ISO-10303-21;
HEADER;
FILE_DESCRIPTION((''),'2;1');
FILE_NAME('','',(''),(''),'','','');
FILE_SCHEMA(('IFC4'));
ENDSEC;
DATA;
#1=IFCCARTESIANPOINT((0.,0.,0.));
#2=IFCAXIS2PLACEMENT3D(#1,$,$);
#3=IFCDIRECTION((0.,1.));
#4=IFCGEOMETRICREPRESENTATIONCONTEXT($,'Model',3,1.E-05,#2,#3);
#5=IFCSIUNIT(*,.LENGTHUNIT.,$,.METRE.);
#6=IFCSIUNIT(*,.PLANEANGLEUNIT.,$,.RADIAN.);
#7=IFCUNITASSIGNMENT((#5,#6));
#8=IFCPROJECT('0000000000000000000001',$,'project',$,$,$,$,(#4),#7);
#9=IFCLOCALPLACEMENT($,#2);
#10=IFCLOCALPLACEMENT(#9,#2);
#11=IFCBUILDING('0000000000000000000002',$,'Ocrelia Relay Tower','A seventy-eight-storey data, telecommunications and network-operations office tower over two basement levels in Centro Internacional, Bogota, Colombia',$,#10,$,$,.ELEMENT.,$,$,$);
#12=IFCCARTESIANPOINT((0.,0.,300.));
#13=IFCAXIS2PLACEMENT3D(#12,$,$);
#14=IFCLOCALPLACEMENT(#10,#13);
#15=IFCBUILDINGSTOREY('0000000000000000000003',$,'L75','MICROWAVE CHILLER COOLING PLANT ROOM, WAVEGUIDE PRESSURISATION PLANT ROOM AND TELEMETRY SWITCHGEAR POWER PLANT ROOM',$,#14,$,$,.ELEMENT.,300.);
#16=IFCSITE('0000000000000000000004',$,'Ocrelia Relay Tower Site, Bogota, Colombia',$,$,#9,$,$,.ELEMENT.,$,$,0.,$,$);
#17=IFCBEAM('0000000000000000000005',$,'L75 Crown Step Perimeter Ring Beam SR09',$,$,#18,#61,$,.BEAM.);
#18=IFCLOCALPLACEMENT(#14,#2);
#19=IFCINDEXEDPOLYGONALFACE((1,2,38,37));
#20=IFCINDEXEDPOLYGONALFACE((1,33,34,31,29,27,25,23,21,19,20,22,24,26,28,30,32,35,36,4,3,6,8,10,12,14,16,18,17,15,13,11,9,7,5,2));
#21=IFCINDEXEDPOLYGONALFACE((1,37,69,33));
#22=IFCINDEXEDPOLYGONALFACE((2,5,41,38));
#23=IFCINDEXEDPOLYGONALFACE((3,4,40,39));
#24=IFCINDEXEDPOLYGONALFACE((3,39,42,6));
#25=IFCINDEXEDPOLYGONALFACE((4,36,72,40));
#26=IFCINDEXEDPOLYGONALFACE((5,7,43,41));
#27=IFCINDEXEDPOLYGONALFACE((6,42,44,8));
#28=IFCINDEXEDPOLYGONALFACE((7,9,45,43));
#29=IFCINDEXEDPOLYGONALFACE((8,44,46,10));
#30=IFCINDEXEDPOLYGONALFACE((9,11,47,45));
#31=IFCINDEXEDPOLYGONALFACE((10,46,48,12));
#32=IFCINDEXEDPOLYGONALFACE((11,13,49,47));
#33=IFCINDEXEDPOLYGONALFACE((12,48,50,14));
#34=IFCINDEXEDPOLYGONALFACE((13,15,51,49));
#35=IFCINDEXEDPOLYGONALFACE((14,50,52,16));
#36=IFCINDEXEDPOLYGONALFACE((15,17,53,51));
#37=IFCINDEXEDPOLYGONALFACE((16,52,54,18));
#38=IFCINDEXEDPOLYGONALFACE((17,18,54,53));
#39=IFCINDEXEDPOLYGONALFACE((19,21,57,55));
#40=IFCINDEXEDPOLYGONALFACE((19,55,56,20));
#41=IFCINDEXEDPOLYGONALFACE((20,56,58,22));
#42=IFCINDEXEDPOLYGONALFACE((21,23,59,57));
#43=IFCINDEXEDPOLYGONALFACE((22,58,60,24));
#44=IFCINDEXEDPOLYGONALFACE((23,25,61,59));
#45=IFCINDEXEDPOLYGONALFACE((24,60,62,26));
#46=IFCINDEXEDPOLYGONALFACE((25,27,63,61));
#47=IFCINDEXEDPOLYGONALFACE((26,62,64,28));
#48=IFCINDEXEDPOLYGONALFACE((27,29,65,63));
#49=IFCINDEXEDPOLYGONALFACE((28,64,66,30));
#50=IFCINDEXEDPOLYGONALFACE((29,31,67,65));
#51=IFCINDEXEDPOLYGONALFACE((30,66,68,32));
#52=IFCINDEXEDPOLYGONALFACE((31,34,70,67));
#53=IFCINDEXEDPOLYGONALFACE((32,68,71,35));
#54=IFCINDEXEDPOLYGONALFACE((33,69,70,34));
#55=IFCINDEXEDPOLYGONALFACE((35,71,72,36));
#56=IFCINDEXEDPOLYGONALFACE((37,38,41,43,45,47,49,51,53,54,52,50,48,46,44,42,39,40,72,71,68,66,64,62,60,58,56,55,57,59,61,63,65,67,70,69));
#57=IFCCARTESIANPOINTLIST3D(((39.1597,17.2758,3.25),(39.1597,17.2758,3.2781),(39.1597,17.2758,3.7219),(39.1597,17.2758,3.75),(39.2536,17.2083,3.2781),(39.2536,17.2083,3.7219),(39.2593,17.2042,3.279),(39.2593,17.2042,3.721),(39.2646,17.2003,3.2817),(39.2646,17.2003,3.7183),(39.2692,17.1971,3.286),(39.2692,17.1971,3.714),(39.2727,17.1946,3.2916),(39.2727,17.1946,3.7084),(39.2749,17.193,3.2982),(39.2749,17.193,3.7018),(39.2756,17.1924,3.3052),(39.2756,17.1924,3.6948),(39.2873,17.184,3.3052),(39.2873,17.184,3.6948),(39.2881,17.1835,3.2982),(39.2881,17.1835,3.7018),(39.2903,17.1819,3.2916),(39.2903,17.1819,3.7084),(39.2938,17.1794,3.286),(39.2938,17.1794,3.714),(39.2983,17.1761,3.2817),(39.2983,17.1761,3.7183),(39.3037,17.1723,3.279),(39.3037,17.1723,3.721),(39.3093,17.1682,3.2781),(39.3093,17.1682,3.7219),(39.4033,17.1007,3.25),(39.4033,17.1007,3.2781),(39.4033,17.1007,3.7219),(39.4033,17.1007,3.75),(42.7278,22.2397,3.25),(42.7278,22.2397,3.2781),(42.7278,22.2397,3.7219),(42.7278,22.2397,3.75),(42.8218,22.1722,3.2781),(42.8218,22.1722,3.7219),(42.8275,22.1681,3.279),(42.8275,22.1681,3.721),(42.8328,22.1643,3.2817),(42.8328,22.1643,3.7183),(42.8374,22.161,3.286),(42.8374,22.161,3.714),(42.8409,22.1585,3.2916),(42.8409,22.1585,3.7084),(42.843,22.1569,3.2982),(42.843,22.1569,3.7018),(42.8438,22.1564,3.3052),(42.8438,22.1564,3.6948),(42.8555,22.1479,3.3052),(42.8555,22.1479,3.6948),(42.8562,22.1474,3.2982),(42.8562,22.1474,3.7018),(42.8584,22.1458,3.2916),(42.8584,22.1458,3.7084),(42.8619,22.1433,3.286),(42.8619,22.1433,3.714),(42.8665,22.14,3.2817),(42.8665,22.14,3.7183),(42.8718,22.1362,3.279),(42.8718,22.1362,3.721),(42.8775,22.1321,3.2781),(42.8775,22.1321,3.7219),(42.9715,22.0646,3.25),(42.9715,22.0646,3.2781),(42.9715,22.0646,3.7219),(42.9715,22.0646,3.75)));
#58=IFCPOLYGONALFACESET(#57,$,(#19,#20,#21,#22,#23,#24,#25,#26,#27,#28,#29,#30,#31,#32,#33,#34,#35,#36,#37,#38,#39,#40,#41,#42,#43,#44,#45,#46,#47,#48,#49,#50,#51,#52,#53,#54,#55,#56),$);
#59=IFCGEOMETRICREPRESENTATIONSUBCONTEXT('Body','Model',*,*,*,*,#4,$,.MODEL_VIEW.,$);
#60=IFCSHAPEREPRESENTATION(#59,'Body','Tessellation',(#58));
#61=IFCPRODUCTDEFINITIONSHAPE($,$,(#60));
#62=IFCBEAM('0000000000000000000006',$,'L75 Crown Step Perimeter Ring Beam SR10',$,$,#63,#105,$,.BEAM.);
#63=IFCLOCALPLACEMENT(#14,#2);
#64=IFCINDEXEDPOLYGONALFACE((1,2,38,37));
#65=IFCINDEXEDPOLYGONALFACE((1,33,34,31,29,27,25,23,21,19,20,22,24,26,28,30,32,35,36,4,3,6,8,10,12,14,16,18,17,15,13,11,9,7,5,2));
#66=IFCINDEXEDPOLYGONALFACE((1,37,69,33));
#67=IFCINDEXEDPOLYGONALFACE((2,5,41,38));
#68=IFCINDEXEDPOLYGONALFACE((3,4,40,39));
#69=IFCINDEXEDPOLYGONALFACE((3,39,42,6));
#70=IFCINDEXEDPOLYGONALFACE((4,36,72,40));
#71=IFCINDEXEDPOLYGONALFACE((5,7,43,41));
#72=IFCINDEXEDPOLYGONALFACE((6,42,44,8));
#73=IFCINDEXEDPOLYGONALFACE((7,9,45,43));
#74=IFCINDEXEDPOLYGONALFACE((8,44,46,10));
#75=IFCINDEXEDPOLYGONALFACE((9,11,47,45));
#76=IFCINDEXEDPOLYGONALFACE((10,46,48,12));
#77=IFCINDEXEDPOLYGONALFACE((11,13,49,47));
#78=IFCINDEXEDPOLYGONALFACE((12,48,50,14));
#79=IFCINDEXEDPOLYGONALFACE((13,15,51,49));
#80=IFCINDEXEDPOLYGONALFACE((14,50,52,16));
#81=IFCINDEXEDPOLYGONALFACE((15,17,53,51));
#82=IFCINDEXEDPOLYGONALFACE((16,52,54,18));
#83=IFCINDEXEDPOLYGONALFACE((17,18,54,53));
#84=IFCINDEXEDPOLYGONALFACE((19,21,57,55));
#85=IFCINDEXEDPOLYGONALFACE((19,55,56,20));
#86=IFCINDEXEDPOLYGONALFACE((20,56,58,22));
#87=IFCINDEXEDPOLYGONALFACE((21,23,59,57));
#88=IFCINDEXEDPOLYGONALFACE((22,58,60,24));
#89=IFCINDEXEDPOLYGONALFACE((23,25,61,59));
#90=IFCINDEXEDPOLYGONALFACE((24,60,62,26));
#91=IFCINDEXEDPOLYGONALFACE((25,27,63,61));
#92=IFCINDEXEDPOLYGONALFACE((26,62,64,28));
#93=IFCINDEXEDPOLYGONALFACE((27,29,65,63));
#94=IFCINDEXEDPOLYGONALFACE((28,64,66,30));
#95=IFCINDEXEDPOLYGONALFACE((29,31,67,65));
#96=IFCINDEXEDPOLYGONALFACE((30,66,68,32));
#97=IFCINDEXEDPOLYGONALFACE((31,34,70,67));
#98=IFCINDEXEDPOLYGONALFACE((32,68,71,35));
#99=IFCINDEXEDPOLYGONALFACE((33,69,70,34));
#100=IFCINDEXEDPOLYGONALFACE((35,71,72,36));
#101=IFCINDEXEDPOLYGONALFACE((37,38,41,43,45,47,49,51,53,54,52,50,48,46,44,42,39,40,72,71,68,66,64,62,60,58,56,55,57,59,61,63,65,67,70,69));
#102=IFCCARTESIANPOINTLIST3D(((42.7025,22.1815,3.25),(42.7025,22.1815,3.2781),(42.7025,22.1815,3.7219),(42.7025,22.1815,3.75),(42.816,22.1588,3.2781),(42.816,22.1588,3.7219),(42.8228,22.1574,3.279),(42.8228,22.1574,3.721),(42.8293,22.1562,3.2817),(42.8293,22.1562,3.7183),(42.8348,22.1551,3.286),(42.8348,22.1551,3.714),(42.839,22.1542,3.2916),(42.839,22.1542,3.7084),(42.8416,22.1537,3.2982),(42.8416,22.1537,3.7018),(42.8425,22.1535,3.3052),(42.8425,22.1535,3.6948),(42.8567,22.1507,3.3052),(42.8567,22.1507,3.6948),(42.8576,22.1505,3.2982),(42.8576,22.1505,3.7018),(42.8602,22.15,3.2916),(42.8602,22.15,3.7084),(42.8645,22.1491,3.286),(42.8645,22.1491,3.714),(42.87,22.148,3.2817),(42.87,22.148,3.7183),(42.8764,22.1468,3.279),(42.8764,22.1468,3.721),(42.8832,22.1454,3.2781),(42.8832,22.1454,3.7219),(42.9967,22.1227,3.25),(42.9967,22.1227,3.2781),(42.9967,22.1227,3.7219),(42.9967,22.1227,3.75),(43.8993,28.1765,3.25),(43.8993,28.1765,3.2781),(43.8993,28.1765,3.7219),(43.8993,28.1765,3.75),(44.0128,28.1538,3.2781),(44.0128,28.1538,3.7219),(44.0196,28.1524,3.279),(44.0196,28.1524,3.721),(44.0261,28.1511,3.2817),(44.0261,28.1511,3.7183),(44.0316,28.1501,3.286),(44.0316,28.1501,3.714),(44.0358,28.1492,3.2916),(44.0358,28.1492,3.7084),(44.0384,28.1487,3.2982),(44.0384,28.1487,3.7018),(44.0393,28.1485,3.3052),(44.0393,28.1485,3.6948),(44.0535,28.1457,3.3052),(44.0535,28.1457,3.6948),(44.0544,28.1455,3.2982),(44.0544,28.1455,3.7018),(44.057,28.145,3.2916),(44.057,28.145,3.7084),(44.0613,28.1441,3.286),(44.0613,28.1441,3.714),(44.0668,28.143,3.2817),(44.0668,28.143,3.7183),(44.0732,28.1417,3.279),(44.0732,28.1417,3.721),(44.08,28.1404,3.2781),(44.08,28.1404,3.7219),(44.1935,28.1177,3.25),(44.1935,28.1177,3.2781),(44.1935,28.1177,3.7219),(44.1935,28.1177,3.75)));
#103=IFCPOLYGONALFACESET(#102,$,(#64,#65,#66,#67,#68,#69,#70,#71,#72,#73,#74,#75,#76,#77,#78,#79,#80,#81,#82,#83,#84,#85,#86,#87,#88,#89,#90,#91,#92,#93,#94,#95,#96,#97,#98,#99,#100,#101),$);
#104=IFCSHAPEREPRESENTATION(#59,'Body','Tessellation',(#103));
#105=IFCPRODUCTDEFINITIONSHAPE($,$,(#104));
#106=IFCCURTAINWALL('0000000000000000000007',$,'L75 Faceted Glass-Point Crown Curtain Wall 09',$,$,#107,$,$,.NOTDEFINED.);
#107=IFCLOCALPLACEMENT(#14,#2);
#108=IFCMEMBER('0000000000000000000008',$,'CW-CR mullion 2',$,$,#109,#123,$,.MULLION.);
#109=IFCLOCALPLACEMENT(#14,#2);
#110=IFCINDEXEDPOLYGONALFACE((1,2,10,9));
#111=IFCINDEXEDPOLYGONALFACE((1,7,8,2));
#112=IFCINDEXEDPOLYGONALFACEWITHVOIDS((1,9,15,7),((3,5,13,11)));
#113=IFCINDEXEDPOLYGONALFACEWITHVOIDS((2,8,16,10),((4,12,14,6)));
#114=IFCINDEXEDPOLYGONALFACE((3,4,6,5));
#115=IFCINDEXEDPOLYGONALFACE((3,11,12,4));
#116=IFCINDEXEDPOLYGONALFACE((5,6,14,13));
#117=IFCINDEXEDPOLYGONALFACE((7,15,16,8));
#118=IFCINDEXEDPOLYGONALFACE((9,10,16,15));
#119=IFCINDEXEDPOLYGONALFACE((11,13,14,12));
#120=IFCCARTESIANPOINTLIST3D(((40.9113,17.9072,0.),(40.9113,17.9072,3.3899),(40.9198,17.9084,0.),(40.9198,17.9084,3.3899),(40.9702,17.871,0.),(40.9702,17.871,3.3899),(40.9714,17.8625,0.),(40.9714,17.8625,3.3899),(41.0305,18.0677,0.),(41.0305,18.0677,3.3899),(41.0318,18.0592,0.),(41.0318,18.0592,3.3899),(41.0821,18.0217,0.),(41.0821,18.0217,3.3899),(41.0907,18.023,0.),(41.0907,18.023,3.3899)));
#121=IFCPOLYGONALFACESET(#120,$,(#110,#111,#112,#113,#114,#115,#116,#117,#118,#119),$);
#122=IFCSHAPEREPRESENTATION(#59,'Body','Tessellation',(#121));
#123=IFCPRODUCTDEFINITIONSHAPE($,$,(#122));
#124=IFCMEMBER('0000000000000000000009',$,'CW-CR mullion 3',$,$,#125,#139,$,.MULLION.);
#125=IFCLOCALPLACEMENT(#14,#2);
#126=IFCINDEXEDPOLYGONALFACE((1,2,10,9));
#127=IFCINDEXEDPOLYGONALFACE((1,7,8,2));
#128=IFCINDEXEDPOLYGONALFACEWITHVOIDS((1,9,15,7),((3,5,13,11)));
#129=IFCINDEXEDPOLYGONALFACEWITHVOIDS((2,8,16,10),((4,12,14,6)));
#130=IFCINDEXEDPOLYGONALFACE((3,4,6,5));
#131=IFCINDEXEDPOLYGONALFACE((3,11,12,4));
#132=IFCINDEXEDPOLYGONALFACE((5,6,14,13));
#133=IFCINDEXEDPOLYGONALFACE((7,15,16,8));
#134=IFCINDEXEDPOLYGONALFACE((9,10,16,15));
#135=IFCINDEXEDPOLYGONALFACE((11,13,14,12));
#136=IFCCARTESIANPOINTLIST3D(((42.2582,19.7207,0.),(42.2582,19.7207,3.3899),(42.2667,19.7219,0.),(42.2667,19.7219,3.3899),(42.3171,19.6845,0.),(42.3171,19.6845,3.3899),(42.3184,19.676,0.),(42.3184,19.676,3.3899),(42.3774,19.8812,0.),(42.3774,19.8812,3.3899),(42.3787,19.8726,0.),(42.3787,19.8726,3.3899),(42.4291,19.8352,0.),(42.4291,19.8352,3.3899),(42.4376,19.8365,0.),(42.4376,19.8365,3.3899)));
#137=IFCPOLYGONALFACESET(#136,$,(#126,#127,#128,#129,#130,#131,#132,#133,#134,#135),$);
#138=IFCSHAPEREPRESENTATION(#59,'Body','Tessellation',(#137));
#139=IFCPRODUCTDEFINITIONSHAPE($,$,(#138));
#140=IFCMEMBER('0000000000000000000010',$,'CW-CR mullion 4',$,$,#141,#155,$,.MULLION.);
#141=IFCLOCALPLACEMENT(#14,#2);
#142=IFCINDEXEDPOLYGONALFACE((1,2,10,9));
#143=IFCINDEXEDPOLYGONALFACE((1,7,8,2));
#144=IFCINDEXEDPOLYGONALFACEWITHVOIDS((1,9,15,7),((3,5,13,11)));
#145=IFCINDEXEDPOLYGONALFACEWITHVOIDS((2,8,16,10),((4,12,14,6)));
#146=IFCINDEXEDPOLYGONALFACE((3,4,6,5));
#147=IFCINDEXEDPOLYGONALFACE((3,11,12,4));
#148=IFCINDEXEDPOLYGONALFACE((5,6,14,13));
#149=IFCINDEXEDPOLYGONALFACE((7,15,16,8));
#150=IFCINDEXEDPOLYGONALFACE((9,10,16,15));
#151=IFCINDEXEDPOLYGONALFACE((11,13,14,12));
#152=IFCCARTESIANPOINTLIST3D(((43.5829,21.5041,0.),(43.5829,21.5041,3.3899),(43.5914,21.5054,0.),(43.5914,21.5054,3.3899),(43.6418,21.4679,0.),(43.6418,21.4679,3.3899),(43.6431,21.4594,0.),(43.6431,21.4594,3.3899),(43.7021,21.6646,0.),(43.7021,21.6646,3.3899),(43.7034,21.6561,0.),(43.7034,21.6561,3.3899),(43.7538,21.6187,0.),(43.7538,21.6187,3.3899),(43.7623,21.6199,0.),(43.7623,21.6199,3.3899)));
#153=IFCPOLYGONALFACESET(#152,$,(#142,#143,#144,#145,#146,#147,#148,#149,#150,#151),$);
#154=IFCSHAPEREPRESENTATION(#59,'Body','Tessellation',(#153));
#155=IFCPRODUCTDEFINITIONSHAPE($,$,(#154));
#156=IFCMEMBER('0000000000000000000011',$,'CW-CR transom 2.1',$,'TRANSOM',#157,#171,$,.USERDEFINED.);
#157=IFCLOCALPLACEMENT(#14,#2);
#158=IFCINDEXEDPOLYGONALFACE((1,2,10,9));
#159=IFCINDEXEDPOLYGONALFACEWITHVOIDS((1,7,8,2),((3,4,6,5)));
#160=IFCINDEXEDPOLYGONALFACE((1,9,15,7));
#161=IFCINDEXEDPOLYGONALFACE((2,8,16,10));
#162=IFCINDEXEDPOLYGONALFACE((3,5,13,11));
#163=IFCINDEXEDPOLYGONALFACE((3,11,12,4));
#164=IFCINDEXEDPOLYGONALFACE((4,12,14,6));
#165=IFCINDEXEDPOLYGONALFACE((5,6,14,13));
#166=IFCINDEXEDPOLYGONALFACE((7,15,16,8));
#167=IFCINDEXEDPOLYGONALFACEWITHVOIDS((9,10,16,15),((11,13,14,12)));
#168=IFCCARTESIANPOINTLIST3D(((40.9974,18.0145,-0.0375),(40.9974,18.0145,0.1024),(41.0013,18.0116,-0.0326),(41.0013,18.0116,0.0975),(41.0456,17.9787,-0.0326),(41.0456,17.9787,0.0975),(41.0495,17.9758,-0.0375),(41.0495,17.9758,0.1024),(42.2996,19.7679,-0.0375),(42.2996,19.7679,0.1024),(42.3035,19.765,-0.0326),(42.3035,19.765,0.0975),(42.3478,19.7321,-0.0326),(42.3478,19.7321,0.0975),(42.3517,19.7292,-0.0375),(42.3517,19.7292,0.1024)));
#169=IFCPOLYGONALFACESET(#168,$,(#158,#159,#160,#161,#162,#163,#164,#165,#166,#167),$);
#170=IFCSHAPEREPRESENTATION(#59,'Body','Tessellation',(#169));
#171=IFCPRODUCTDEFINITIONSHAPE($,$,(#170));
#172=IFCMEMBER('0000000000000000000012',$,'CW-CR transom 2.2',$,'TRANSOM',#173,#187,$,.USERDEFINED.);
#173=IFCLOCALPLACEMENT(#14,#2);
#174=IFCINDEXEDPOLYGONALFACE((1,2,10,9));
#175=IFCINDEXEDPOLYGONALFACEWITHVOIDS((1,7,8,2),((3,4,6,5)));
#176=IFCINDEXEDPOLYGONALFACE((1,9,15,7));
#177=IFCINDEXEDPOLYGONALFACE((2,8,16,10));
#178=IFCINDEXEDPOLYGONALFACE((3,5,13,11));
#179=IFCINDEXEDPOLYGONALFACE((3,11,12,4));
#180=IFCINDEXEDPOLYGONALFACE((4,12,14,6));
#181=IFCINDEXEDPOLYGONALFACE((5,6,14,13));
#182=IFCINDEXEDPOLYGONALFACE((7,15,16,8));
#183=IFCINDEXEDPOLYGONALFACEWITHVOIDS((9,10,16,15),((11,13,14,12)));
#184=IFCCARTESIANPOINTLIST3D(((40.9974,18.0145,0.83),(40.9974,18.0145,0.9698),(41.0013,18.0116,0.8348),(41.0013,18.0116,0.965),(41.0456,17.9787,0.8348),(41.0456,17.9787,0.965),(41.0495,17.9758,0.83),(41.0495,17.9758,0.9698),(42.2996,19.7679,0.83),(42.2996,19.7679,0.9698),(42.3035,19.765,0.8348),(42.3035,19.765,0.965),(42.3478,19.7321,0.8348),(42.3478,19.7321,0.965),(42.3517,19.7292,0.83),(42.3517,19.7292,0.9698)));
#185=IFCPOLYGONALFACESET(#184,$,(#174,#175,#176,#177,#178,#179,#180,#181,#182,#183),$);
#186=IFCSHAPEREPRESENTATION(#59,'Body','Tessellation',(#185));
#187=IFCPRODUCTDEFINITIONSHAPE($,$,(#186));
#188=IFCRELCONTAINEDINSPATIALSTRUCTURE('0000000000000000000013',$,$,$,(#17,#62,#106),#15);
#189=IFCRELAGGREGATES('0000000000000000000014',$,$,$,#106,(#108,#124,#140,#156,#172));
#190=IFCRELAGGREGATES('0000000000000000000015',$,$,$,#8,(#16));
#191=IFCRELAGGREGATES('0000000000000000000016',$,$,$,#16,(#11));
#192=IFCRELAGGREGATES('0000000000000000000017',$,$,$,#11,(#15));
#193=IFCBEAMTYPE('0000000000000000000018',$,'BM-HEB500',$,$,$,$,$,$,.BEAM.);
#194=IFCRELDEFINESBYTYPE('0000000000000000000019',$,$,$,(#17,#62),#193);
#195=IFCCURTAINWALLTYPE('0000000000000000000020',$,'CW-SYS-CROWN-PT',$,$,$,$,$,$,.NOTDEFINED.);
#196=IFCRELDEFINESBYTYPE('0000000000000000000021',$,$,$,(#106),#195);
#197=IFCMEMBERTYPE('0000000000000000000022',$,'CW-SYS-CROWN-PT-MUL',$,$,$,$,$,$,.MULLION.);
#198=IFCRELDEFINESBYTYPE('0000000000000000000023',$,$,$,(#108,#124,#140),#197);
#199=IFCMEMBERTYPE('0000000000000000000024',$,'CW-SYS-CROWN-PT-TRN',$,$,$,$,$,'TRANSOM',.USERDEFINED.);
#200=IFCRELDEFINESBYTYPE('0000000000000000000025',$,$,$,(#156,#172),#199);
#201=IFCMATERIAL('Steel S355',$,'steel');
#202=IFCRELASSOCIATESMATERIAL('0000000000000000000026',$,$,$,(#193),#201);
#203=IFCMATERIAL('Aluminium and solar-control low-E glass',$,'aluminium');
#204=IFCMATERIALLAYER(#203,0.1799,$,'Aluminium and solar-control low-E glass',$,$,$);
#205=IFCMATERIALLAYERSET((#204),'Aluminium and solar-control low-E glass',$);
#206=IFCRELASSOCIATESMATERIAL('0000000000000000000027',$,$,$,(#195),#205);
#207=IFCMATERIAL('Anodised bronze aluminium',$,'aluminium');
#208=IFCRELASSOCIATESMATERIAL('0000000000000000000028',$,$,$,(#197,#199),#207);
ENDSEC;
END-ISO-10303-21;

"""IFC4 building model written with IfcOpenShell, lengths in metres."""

from ifc_helpers import new_model, si_unit, direction, frame, origin, origin_2d, place, context, subcontext, project, spatial, hollow_rectangle, i_section, extrude, material, layer, layer_set, material_profile, profile_set, type_object, element, aggregate, save


model = new_model("IFC4")

# Units and contexts
model_context = context("Model", 3, precision=1e-05, world=origin(), true_north=direction((0.0, 1.0)))
body_context = subcontext(model_context, "Body", "Model", "MODEL_VIEW")
ifc_project = project(units=[si_unit("LENGTHUNIT", "METRE"), si_unit("PLANEANGLEUNIT", "RADIAN")], contexts=[model_context])

# Site, building, storey
site_placement = place(None, origin())
site = spatial("IfcSite", under=ifc_project, at=site_placement, Name="Ocrelia Relay Tower Site, Bogota, Colombia", CompositionType="ELEMENT", RefElevation=0.0)
building_placement = place(site_placement, origin())
building = spatial("IfcBuilding", under=site, at=building_placement, Name="Ocrelia Relay Tower", Description="A seventy-eight-storey data, telecommunications and network-operations office tower over two basement levels in Centro Internacional, Bogota, Colombia", CompositionType="ELEMENT")
storey_placement = place(building_placement, frame((0.0, 0.0, 300.0)))
storey = spatial("IfcBuildingStorey", under=building, at=storey_placement, Name="L75", Description="MICROWAVE CHILLER COOLING PLANT ROOM, WAVEGUIDE PRESSURISATION PLANT ROOM AND TELEMETRY SWITCHGEAR POWER PLANT ROOM", CompositionType="ELEMENT", Elevation=300.0)

# Beams
ifc_material_1 = material(Name="Steel S355", Category="steel")
ifc_material_profile_1 = material_profile(ifc_material_1, i_section(OverallWidth=0.3, OverallDepth=0.5, WebThickness=0.0144, FlangeThickness=0.0281, FilletRadius=0.0271, at=origin_2d()), Name="HEB 500")
ifc_profile_set_1 = profile_set([ifc_material_profile_1], Name="Steel S355")
beam_type_1 = type_object("IfcBeamType", Name="BM-HEB500", PredefinedType="BEAM", material=ifc_profile_set_1)
for number, where, z_axis, x_axis, name in (
    (1, (39.2815, 17.1882, 3.5), (0.583672, 0.811989, 0.0), (-0.811989, 0.583672, 0.0), "L75 Crown Step Perimeter Ring Beam SR09"),
    (2, (42.8496, 22.1521, 3.5), (0.195771, 0.98065, 0.0), (-0.98065, 0.195771, 0.0), "L75 Crown Step Perimeter Ring Beam SR10"),
):
    element("IfcBeam", number, at=place(storey_placement, frame(where, z_axis=z_axis, x_axis=x_axis)), inside=storey, type_object=beam_type_1, Name=name, PredefinedType="BEAM", context=body_context, shape_type="SweptSolid", body=[
        extrude(i_section(OverallWidth=0.3, OverallDepth=0.5, WebThickness=0.0144, FlangeThickness=0.0281, FilletRadius=0.0271, at=origin_2d()), origin(), (0.0, 0.0, 1.0), 6.1133),
    ])

# Curtain wall, members
ifc_material_2 = material(Name="Aluminium and solar-control low-E glass", Category="aluminium")
ifc_layer_1 = layer(ifc_material_2, 0.1799, Name="Aluminium and solar-control low-E glass")
ifc_layer_set_1 = layer_set([ifc_layer_1], Name="Aluminium and solar-control low-E glass")
curtain_wall_type = type_object("IfcCurtainWallType", Name="CW-SYS-CROWN-PT", PredefinedType="NOTDEFINED", material=ifc_layer_set_1)
curtain_wall_placement = place(storey_placement, origin())
curtain_wall = element("IfcCurtainWall", 3, at=curtain_wall_placement, inside=storey, type_object=curtain_wall_type, Name="L75 Faceted Glass-Point Crown Curtain Wall 09", PredefinedType="NOTDEFINED")
ifc_material_3 = material(Name="Anodised bronze aluminium", Category="aluminium")
ifc_material_profile_2 = material_profile(ifc_material_3, hollow_rectangle(XDim=0.075, YDim=0.2, WallThickness=0.0061, at=origin_2d()), Name="CW-MUL-200x75")
ifc_profile_set_2 = profile_set([ifc_material_profile_2], Name="Anodised bronze aluminium")
member_type_1 = type_object("IfcMemberType", Name="CW-SYS-CROWN-PT-MUL", PredefinedType="MULLION", material=ifc_profile_set_2)
member_1_placement = place(storey_placement, frame((41.001, 17.9651, 0.0), z_axis=(0.0, 0.0, 1.0), x_axis=(-0.802777, 0.59628, 0.0)))
member_1 = element("IfcMember", 4, at=member_1_placement, type_object=member_type_1, Name="CW-CR mullion 2", PredefinedType="MULLION", context=body_context, shape_type="SweptSolid", body=[
    extrude(hollow_rectangle(XDim=0.075, YDim=0.2, WallThickness=0.0061, at=origin_2d()), origin(), (0.0, 0.0, 1.0), 3.3899),
])
member_2_placement = place(storey_placement, frame((42.3479, 19.7786, 0.0), z_axis=(0.0, 0.0, 1.0), x_axis=(-0.802777, 0.59628, 0.0)))
member_2 = element("IfcMember", 5, at=member_2_placement, type_object=member_type_1, Name="CW-CR mullion 3", PredefinedType="MULLION", context=body_context, shape_type="SweptSolid", body=[
    extrude(hollow_rectangle(XDim=0.075, YDim=0.2, WallThickness=0.0061, at=origin_2d()), origin(), (0.0, 0.0, 1.0), 3.3899),
])
member_3_placement = place(storey_placement, frame((43.6726, 21.562, 0.0), z_axis=(0.0, 0.0, 1.0), x_axis=(-0.802777, 0.59628, 0.0)))
member_3 = element("IfcMember", 6, at=member_3_placement, type_object=member_type_1, Name="CW-CR mullion 4", PredefinedType="MULLION", context=body_context, shape_type="SweptSolid", body=[
    extrude(hollow_rectangle(XDim=0.075, YDim=0.2, WallThickness=0.0061, at=origin_2d()), origin(), (0.0, 0.0, 1.0), 3.3899),
])
ifc_material_profile_3 = material_profile(ifc_material_3, hollow_rectangle(XDim=0.0649, YDim=0.1399, WallThickness=0.0049, at=origin_2d()), Name="CW-TRN-140x65")
ifc_profile_set_3 = profile_set([ifc_material_profile_3], Name="Anodised bronze aluminium")
member_type_2 = type_object("IfcMemberType", Name="CW-SYS-CROWN-PT-TRN", ElementType="TRANSOM", PredefinedType="USERDEFINED", material=ifc_profile_set_3)
member_4_placement = place(storey_placement, frame((41.0234, 17.9951, 0.0325), z_axis=(0.596238, 0.802808, 0.0), x_axis=(-0.802808, 0.596238, 0.0)))
member_4 = element("IfcMember", 7, at=member_4_placement, type_object=member_type_2, Name="CW-CR transom 2.1", ObjectType="TRANSOM", PredefinedType="USERDEFINED", context=body_context, shape_type="SweptSolid", body=[
    extrude(hollow_rectangle(XDim=0.0649, YDim=0.1399, WallThickness=0.0049, at=origin_2d()), origin(), (0.0, 0.0, 1.0), 2.1841),
])
member_5_placement = place(storey_placement, frame((41.0234, 17.9951, 0.8999), z_axis=(0.596238, 0.802808, 0.0), x_axis=(-0.802808, 0.596238, 0.0)))
member_5 = element("IfcMember", 8, at=member_5_placement, type_object=member_type_2, Name="CW-CR transom 2.2", ObjectType="TRANSOM", PredefinedType="USERDEFINED", context=body_context, shape_type="SweptSolid", body=[
    extrude(hollow_rectangle(XDim=0.0649, YDim=0.1399, WallThickness=0.0049, at=origin_2d()), origin(), (0.0, 0.0, 1.0), 2.1841),
])

aggregate(curtain_wall, [member_1, member_2, member_3, member_4, member_5])

save(model, "model.ifc")
